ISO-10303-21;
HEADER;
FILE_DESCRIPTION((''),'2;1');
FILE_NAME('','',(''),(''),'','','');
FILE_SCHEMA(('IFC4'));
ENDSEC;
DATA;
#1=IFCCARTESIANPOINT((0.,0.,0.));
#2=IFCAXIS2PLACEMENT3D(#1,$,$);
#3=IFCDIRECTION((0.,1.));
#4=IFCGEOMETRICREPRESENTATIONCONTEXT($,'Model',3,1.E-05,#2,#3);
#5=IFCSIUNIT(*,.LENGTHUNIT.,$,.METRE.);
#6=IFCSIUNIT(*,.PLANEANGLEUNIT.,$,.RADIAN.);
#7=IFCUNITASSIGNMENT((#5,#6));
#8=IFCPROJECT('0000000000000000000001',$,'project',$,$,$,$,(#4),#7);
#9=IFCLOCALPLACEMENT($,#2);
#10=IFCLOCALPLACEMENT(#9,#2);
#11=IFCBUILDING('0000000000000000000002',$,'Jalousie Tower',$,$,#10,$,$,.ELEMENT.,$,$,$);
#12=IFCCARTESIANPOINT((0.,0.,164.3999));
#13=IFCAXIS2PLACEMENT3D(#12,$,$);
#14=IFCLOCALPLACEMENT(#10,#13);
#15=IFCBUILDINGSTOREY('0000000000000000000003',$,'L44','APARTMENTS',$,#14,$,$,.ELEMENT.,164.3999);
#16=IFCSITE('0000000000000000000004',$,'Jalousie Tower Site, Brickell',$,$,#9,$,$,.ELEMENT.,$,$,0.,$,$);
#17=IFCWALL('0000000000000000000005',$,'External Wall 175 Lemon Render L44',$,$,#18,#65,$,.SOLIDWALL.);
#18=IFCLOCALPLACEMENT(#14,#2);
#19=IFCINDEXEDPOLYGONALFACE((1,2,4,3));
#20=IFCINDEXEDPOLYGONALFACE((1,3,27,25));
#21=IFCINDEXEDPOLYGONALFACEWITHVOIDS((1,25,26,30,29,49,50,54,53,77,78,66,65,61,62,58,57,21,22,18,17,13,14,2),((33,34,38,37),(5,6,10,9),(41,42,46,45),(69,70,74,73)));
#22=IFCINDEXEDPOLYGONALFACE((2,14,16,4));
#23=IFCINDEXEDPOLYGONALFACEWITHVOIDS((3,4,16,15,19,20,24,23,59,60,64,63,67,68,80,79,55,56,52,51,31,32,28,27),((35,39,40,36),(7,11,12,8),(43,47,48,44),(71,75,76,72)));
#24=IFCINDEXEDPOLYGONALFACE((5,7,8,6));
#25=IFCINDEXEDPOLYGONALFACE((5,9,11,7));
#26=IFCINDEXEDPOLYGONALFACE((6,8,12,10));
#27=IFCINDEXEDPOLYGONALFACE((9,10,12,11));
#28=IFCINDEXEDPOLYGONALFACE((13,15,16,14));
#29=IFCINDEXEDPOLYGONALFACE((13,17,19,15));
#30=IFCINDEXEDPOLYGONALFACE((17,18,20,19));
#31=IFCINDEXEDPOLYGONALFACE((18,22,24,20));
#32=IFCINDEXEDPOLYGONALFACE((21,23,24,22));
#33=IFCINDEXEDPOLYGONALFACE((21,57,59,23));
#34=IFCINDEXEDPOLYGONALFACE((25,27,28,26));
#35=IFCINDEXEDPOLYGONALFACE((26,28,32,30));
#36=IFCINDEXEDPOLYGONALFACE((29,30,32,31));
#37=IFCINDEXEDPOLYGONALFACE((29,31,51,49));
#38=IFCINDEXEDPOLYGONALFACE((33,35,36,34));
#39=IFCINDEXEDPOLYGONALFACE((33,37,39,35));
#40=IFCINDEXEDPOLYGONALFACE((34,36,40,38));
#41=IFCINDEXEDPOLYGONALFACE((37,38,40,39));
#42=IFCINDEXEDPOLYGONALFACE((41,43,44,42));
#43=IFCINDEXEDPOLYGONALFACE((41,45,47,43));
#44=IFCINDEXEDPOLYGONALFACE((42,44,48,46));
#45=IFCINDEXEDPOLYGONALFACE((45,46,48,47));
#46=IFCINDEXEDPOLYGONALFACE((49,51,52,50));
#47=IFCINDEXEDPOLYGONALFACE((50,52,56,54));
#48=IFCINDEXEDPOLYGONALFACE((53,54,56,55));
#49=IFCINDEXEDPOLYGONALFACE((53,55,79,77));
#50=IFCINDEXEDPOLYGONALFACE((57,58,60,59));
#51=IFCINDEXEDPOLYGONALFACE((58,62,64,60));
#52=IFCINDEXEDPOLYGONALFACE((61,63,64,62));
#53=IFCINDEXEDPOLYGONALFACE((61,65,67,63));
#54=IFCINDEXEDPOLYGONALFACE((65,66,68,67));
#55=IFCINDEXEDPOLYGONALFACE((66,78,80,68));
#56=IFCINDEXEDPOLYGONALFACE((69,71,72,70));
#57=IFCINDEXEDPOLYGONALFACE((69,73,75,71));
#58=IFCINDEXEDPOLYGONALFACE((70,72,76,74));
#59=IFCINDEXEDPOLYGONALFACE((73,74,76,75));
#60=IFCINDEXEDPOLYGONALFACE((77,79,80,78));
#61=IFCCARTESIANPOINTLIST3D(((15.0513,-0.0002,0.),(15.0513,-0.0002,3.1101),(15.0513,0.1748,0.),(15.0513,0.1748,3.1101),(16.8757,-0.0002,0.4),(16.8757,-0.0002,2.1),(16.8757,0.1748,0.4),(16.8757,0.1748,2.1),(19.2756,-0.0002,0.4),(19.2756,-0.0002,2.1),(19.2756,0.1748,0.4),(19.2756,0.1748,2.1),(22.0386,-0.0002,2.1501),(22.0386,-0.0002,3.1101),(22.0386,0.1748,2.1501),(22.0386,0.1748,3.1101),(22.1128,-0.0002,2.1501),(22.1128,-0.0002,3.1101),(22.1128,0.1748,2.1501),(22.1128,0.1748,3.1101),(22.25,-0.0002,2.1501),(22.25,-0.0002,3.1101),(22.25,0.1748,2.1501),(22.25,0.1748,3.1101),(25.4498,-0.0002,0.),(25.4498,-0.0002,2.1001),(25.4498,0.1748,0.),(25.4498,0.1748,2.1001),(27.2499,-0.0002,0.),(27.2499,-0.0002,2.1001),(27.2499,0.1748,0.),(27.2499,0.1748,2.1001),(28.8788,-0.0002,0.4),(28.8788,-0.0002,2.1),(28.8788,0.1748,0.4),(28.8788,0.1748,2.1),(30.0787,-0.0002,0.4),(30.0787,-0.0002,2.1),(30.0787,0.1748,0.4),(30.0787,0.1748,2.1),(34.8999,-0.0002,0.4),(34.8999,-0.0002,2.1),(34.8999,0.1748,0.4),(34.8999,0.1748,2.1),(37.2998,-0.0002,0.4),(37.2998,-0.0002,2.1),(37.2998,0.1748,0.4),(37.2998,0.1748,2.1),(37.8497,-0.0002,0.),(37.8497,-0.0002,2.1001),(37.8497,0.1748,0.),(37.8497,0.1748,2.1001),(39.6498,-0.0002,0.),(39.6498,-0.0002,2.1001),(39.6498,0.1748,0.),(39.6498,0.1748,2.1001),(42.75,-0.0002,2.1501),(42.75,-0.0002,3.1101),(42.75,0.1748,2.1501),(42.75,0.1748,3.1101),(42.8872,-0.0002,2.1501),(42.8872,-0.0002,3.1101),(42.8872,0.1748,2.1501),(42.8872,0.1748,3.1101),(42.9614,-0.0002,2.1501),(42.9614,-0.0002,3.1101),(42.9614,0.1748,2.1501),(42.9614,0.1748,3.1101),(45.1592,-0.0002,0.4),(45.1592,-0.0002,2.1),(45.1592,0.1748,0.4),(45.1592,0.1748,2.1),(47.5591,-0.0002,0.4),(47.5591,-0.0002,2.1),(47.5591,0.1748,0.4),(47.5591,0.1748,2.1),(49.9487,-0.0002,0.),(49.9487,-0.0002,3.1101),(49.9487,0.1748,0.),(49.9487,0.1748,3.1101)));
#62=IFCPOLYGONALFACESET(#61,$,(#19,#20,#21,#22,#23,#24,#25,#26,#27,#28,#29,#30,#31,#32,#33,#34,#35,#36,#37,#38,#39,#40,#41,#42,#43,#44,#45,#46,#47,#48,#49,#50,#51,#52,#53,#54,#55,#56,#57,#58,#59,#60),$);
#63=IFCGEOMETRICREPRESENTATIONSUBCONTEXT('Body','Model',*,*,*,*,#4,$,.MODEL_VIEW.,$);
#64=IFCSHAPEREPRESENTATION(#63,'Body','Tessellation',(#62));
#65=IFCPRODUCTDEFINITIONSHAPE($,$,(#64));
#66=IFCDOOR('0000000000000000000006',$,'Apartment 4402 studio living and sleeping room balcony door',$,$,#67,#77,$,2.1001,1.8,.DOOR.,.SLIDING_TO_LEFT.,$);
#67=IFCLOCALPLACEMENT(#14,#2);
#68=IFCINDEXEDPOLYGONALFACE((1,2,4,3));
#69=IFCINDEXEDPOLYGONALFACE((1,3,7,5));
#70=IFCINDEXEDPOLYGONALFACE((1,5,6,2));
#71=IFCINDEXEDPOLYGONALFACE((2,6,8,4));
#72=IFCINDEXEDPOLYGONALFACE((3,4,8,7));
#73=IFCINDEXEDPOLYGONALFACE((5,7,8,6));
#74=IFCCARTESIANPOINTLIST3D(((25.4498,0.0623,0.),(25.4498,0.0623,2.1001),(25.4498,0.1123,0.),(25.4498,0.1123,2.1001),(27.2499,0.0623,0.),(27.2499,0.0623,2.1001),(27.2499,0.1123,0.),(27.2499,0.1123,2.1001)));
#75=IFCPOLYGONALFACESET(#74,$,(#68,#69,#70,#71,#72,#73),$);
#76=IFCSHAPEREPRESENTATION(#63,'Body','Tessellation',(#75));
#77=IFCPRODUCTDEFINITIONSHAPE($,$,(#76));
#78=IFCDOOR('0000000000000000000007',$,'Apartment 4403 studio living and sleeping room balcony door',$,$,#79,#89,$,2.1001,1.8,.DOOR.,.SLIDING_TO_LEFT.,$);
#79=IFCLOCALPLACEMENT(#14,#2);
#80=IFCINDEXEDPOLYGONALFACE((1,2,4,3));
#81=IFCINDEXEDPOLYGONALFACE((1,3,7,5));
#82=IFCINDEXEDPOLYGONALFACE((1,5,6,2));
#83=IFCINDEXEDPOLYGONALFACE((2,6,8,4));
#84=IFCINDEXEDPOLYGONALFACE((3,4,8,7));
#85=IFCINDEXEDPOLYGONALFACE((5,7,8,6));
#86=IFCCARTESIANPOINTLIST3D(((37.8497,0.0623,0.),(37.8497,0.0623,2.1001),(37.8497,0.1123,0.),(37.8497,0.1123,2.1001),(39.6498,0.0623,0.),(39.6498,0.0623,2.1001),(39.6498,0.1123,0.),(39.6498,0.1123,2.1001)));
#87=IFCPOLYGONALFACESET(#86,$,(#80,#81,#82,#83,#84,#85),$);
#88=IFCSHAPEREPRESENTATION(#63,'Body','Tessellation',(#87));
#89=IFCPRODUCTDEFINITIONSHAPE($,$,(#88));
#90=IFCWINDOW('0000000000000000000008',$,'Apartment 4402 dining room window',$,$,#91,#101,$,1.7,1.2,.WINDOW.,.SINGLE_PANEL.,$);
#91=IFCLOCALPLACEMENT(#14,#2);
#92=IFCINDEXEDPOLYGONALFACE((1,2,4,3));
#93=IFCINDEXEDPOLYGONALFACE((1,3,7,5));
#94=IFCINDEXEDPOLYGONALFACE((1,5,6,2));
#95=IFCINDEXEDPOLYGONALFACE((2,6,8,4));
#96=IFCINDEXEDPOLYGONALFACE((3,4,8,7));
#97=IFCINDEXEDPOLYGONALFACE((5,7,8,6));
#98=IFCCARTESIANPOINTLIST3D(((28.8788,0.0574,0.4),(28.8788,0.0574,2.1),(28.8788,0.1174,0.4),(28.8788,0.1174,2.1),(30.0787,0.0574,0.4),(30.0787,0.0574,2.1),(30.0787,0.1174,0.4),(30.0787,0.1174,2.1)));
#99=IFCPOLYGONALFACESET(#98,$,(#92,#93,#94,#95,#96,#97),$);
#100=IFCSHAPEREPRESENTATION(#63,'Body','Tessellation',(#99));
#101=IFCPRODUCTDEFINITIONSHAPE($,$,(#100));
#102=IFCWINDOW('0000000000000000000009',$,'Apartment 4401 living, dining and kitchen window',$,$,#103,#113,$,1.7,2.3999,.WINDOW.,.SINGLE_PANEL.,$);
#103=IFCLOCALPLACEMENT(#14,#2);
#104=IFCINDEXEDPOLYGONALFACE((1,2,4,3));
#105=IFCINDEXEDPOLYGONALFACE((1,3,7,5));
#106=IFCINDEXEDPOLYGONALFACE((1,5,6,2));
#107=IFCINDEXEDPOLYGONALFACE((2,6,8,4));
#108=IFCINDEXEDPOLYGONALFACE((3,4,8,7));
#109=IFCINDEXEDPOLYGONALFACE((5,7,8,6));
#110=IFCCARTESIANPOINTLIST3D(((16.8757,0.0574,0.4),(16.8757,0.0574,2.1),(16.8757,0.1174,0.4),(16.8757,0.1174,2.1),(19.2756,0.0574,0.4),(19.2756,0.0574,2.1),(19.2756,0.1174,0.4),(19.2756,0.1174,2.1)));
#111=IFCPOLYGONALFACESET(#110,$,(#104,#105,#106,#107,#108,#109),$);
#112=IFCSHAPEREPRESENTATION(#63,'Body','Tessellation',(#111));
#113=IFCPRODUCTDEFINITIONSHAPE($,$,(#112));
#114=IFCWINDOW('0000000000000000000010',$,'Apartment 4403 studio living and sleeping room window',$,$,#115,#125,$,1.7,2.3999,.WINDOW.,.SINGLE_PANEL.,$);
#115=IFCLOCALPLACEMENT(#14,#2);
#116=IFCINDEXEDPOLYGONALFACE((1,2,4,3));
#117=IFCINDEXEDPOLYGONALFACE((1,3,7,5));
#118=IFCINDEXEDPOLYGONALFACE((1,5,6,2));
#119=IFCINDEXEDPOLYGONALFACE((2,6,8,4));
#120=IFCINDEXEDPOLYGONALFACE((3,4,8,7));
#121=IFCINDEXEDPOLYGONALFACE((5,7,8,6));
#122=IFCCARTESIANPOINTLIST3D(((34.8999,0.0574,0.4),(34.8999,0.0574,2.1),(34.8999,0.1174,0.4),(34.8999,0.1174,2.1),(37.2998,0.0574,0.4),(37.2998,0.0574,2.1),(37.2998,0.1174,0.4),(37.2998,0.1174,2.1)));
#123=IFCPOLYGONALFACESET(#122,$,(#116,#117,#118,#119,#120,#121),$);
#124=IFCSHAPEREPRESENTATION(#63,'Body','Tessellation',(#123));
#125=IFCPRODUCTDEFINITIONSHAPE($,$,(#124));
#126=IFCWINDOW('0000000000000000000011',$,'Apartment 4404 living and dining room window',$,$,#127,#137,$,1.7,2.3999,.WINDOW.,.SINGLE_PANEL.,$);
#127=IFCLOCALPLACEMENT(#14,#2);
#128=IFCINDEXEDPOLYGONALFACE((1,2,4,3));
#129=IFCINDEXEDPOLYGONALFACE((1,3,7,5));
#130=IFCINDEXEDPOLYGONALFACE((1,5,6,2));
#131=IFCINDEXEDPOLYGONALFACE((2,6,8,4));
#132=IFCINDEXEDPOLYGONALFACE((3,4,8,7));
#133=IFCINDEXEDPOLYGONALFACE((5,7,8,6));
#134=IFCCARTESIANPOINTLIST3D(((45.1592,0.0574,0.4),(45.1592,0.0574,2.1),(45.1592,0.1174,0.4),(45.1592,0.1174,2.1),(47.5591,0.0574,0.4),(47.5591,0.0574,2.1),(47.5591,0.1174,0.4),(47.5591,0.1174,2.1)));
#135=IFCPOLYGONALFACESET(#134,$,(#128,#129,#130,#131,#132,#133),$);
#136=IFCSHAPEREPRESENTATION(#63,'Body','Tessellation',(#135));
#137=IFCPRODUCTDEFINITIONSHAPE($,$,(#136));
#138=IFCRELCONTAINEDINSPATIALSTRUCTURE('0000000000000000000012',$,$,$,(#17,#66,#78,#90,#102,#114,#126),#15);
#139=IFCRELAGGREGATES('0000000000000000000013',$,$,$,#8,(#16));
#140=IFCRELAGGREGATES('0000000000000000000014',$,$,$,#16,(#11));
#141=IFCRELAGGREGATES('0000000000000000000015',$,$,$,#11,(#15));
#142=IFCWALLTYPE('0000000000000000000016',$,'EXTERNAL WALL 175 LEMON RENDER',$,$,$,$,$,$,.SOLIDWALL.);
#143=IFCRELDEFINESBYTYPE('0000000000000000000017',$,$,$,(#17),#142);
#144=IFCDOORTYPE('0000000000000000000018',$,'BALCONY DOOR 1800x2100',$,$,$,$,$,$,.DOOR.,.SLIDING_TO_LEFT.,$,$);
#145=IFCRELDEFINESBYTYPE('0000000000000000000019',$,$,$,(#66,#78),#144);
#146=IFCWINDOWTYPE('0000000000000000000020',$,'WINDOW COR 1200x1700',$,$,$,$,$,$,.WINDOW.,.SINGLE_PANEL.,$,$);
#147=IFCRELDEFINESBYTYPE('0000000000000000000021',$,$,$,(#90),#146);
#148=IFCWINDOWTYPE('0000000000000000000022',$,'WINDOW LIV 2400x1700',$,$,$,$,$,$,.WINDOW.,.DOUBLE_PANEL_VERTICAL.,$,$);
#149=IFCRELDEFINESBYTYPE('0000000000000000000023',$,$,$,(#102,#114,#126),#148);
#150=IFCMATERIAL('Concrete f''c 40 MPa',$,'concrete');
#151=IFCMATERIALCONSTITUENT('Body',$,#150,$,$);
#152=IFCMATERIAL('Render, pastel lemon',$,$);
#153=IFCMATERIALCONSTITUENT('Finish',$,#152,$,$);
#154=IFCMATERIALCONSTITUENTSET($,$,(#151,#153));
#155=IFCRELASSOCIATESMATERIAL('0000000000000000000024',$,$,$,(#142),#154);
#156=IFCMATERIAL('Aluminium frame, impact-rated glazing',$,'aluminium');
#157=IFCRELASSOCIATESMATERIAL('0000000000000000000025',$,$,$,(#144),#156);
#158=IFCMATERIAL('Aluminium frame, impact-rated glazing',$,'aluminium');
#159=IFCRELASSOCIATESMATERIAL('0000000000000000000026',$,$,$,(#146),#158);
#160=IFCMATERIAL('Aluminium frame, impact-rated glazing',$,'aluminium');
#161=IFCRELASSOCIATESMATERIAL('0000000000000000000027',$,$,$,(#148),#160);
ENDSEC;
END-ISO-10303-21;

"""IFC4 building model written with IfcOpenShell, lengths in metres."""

from ifc_helpers import new_model, si_unit, direction, frame, frame_2d, origin, place, context, subcontext, project, spatial, polyline, rectangle, outline, extrude, material, constituent, constituent_set, type_object, element, fill, save


model = new_model("IFC4")

# Units and contexts
model_context = context("Model", 3, precision=1e-05, world=origin(), true_north=direction((0.0, 1.0)))
body_context = subcontext(model_context, "Body", "Model", "MODEL_VIEW")
ifc_project = project(units=[si_unit("LENGTHUNIT", "METRE"), si_unit("PLANEANGLEUNIT", "RADIAN")], contexts=[model_context])

# Site, building, storey
site_placement = place(None, origin())
site = spatial("IfcSite", under=ifc_project, at=site_placement, Name="Jalousie Tower Site, Brickell", CompositionType="ELEMENT", RefElevation=0.0)
building_placement = place(site_placement, origin())
building = spatial("IfcBuilding", under=site, at=building_placement, Name="Jalousie Tower", CompositionType="ELEMENT")
storey_placement = place(building_placement, frame((0.0, 0.0, 164.3999)))
storey = spatial("IfcBuildingStorey", under=building, at=storey_placement, Name="L44", Description="APARTMENTS", CompositionType="ELEMENT", Elevation=164.3999)

# Wall, openings, doors, windows
ifc_material_1 = material(Name="Concrete f'c 40 MPa", Category="concrete")
ifc_constituent_1 = constituent(ifc_material_1, Name="Body")
ifc_material_2 = material(Name="Render, pastel lemon")
ifc_constituent_2 = constituent(ifc_material_2, Name="Finish")
ifc_constituent_set_1 = constituent_set(constituents=[ifc_constituent_1, ifc_constituent_2])
wall_type_1 = type_object("IfcWallType", Name="EXTERNAL WALL 175 LEMON RENDER", PredefinedType="SOLIDWALL", material=ifc_constituent_set_1)
wall_1_placement = place(storey_placement, frame((15.0513, 0.0874, 0.0), z_axis=(0.0, 0.0, 1.0), x_axis=(1.0, 0.0, 0.0)))
wall_1 = element("IfcWall", 1, at=wall_1_placement, inside=storey, type_object=wall_type_1, Name="External Wall 175 Lemon Render L44", PredefinedType="SOLIDWALL", context=body_context, shape_type="SweptSolid", body=[
    extrude(outline(polyline([(0.0, 0.0), (34.8975, 0.0), (34.8975, 3.1101), (27.9102, 3.1101), (27.9102, 2.1501), (27.8359, 2.1501), (27.8359, 3.1101), (27.6987, 3.1101), (27.6987, 2.1501), (7.1987, 2.1501), (7.1987, 3.1101), (7.0615, 3.1101), (7.0615, 2.1501), (6.9873, 2.1501), (6.9873, 3.1101), (0.0, 3.1101), (0.0, 0.0)])), frame((0.0, 0.0874, 0.0), z_axis=(0.0, -1.0, 0.0), x_axis=(1.0, 0.0, 0.0)), (0.0, 0.0, 1.0), 0.175),
])
opening_1_placement = place(wall_1_placement, frame((1.8245, 0.0, 0.3999)))
opening_1 = element("IfcOpeningElement", 2, at=opening_1_placement, cuts=wall_1, PredefinedType="OPENING", context=body_context, shape_type="SweptSolid", body=[
    extrude(rectangle(XDim=2.3999, YDim=1.7, at=frame_2d((1.2, 0.8501))), frame((0.0, 0.0974, 0.0), z_axis=(0.0, -1.0, 0.0), x_axis=(1.0, 0.0, 0.0)), (0.0, 0.0, 1.0), 0.1951),
])
opening_2_placement = place(wall_1_placement, frame((10.3987, 0.0, 0.0)))
opening_2 = element("IfcOpeningElement", 3, at=opening_2_placement, cuts=wall_1, PredefinedType="OPENING", context=body_context, shape_type="SweptSolid", body=[
    extrude(rectangle(XDim=1.8, YDim=2.1001, at=frame_2d((0.8999, 1.05))), frame((0.0, 0.0974, 0.0), z_axis=(0.0, -1.0, 0.0), x_axis=(1.0, 0.0, 0.0)), (0.0, 0.0, 1.0), 0.1951),
])
opening_3_placement = place(wall_1_placement, frame((13.8274, 0.0, 0.3999)))
opening_3 = element("IfcOpeningElement", 4, at=opening_3_placement, cuts=wall_1, PredefinedType="OPENING", context=body_context, shape_type="SweptSolid", body=[
    extrude(rectangle(XDim=1.2, YDim=1.7, at=frame_2d((0.6001, 0.8501))), frame((0.0, 0.0974, 0.0), z_axis=(0.0, -1.0, 0.0), x_axis=(1.0, 0.0, 0.0)), (0.0, 0.0, 1.0), 0.1951),
])
opening_4_placement = place(wall_1_placement, frame((22.7986, 0.0, 0.0)))
opening_4 = element("IfcOpeningElement", 5, at=opening_4_placement, cuts=wall_1, PredefinedType="OPENING", context=body_context, shape_type="SweptSolid", body=[
    extrude(rectangle(XDim=1.8, YDim=2.1001, at=frame_2d((0.8999, 1.05))), frame((0.0, 0.0974, 0.0), z_axis=(0.0, -1.0, 0.0), x_axis=(1.0, 0.0, 0.0)), (0.0, 0.0, 1.0), 0.1951),
])
opening_5_placement = place(wall_1_placement, frame((19.8486, 0.0, 0.3999)))
opening_5 = element("IfcOpeningElement", 6, at=opening_5_placement, cuts=wall_1, PredefinedType="OPENING", context=body_context, shape_type="SweptSolid", body=[
    extrude(rectangle(XDim=2.3999, YDim=1.7, at=frame_2d((1.2, 0.8501))), frame((0.0, 0.0974, 0.0), z_axis=(0.0, -1.0, 0.0), x_axis=(1.0, 0.0, 0.0)), (0.0, 0.0, 1.0), 0.1951),
])
opening_6_placement = place(wall_1_placement, frame((30.1079, 0.0, 0.3999)))
opening_6 = element("IfcOpeningElement", 7, at=opening_6_placement, cuts=wall_1, PredefinedType="OPENING", context=body_context, shape_type="SweptSolid", body=[
    extrude(rectangle(XDim=2.3999, YDim=1.7, at=frame_2d((1.2, 0.8501))), frame((0.0, 0.0974, 0.0), z_axis=(0.0, -1.0, 0.0), x_axis=(1.0, 0.0, 0.0)), (0.0, 0.0, 1.0), 0.1951),
])
ifc_material_3 = material(Name="Aluminium frame, impact-rated glazing", Category="aluminium")
door_type_1 = type_object("IfcDoorType", Name="BALCONY DOOR 1800x2100", OperationType="SLIDING_TO_LEFT", PredefinedType="DOOR", material=ifc_material_3)
door_1_placement = place(opening_2_placement, origin())
door_1 = element("IfcDoor", 8, at=door_1_placement, inside=storey, type_object=door_type_1, Name="Apartment 4402 studio living and sleeping room balcony door", OperationType="SLIDING_TO_LEFT", OverallHeight=2.1001, OverallWidth=1.8, PredefinedType="DOOR", context=body_context, shape_type="SweptSolid", body=[
    extrude(rectangle(XDim=1.8, YDim=2.1001, at=frame_2d((0.8999, 1.05))), frame((0.0, 0.0249, 0.0), z_axis=(0.0, -1.0, 0.0), x_axis=(1.0, 0.0, 0.0)), (0.0, 0.0, 1.0), 0.05),
])
fill(opening_2, door_1)
door_2_placement = place(opening_4_placement, origin())
door_2 = element("IfcDoor", 9, at=door_2_placement, inside=storey, type_object=door_type_1, Name="Apartment 4403 studio living and sleeping room balcony door", OperationType="SLIDING_TO_LEFT", OverallHeight=2.1001, OverallWidth=1.8, PredefinedType="DOOR", context=body_context, shape_type="SweptSolid", body=[
    extrude(rectangle(XDim=1.8, YDim=2.1001, at=frame_2d((0.8999, 1.05))), frame((0.0, 0.0249, 0.0), z_axis=(0.0, -1.0, 0.0), x_axis=(1.0, 0.0, 0.0)), (0.0, 0.0, 1.0), 0.05),
])
fill(opening_4, door_2)
ifc_material_4 = material(Name="Aluminium frame, impact-rated glazing", Category="aluminium")
window_type_1 = type_object("IfcWindowType", Name="WINDOW COR 1200x1700", PartitioningType="SINGLE_PANEL", PredefinedType="WINDOW", material=ifc_material_4)
window_1_placement = place(opening_3_placement, origin())
window_1 = element("IfcWindow", 10, at=window_1_placement, inside=storey, type_object=window_type_1, Name="Apartment 4402 dining room window", OverallHeight=1.7, OverallWidth=1.2, PartitioningType="SINGLE_PANEL", PredefinedType="WINDOW", context=body_context, shape_type="SweptSolid", body=[
    extrude(rectangle(XDim=1.2, YDim=1.7, at=frame_2d((0.6001, 0.8501))), frame((0.0, 0.03, 0.0), z_axis=(0.0, -1.0, 0.0), x_axis=(1.0, 0.0, 0.0)), (0.0, 0.0, 1.0), 0.0601),
])
fill(opening_3, window_1)
ifc_material_5 = material(Name="Aluminium frame, impact-rated glazing", Category="aluminium")
window_type_2 = type_object("IfcWindowType", Name="WINDOW LIV 2400x1700", PartitioningType="DOUBLE_PANEL_VERTICAL", PredefinedType="WINDOW", material=ifc_material_5)
window_2_placement = place(opening_1_placement, origin())
window_2 = element("IfcWindow", 11, at=window_2_placement, inside=storey, type_object=window_type_2, Name="Apartment 4401 living, dining and kitchen window", OverallHeight=1.7, OverallWidth=2.3999, PartitioningType="SINGLE_PANEL", PredefinedType="WINDOW", context=body_context, shape_type="SweptSolid", body=[
    extrude(rectangle(XDim=2.3999, YDim=1.7, at=frame_2d((1.2, 0.8501))), frame((0.0, 0.03, 0.0), z_axis=(0.0, -1.0, 0.0), x_axis=(1.0, 0.0, 0.0)), (0.0, 0.0, 1.0), 0.0601),
])
fill(opening_1, window_2)
window_3_placement = place(opening_5_placement, origin())
window_3 = element("IfcWindow", 12, at=window_3_placement, inside=storey, type_object=window_type_2, Name="Apartment 4403 studio living and sleeping room window", OverallHeight=1.7, OverallWidth=2.3999, PartitioningType="SINGLE_PANEL", PredefinedType="WINDOW", context=body_context, shape_type="SweptSolid", body=[
    extrude(rectangle(XDim=2.3999, YDim=1.7, at=frame_2d((1.2, 0.8501))), frame((0.0, 0.03, 0.0), z_axis=(0.0, -1.0, 0.0), x_axis=(1.0, 0.0, 0.0)), (0.0, 0.0, 1.0), 0.0601),
])
fill(opening_5, window_3)
window_4_placement = place(opening_6_placement, origin())
window_4 = element("IfcWindow", 13, at=window_4_placement, inside=storey, type_object=window_type_2, Name="Apartment 4404 living and dining room window", OverallHeight=1.7, OverallWidth=2.3999, PartitioningType="SINGLE_PANEL", PredefinedType="WINDOW", context=body_context, shape_type="SweptSolid", body=[
    extrude(rectangle(XDim=2.3999, YDim=1.7, at=frame_2d((1.2, 0.8501))), frame((0.0, 0.03, 0.0), z_axis=(0.0, -1.0, 0.0), x_axis=(1.0, 0.0, 0.0)), (0.0, 0.0, 1.0), 0.0601),
])
fill(opening_6, window_4)

save(model, "model.ifc")
